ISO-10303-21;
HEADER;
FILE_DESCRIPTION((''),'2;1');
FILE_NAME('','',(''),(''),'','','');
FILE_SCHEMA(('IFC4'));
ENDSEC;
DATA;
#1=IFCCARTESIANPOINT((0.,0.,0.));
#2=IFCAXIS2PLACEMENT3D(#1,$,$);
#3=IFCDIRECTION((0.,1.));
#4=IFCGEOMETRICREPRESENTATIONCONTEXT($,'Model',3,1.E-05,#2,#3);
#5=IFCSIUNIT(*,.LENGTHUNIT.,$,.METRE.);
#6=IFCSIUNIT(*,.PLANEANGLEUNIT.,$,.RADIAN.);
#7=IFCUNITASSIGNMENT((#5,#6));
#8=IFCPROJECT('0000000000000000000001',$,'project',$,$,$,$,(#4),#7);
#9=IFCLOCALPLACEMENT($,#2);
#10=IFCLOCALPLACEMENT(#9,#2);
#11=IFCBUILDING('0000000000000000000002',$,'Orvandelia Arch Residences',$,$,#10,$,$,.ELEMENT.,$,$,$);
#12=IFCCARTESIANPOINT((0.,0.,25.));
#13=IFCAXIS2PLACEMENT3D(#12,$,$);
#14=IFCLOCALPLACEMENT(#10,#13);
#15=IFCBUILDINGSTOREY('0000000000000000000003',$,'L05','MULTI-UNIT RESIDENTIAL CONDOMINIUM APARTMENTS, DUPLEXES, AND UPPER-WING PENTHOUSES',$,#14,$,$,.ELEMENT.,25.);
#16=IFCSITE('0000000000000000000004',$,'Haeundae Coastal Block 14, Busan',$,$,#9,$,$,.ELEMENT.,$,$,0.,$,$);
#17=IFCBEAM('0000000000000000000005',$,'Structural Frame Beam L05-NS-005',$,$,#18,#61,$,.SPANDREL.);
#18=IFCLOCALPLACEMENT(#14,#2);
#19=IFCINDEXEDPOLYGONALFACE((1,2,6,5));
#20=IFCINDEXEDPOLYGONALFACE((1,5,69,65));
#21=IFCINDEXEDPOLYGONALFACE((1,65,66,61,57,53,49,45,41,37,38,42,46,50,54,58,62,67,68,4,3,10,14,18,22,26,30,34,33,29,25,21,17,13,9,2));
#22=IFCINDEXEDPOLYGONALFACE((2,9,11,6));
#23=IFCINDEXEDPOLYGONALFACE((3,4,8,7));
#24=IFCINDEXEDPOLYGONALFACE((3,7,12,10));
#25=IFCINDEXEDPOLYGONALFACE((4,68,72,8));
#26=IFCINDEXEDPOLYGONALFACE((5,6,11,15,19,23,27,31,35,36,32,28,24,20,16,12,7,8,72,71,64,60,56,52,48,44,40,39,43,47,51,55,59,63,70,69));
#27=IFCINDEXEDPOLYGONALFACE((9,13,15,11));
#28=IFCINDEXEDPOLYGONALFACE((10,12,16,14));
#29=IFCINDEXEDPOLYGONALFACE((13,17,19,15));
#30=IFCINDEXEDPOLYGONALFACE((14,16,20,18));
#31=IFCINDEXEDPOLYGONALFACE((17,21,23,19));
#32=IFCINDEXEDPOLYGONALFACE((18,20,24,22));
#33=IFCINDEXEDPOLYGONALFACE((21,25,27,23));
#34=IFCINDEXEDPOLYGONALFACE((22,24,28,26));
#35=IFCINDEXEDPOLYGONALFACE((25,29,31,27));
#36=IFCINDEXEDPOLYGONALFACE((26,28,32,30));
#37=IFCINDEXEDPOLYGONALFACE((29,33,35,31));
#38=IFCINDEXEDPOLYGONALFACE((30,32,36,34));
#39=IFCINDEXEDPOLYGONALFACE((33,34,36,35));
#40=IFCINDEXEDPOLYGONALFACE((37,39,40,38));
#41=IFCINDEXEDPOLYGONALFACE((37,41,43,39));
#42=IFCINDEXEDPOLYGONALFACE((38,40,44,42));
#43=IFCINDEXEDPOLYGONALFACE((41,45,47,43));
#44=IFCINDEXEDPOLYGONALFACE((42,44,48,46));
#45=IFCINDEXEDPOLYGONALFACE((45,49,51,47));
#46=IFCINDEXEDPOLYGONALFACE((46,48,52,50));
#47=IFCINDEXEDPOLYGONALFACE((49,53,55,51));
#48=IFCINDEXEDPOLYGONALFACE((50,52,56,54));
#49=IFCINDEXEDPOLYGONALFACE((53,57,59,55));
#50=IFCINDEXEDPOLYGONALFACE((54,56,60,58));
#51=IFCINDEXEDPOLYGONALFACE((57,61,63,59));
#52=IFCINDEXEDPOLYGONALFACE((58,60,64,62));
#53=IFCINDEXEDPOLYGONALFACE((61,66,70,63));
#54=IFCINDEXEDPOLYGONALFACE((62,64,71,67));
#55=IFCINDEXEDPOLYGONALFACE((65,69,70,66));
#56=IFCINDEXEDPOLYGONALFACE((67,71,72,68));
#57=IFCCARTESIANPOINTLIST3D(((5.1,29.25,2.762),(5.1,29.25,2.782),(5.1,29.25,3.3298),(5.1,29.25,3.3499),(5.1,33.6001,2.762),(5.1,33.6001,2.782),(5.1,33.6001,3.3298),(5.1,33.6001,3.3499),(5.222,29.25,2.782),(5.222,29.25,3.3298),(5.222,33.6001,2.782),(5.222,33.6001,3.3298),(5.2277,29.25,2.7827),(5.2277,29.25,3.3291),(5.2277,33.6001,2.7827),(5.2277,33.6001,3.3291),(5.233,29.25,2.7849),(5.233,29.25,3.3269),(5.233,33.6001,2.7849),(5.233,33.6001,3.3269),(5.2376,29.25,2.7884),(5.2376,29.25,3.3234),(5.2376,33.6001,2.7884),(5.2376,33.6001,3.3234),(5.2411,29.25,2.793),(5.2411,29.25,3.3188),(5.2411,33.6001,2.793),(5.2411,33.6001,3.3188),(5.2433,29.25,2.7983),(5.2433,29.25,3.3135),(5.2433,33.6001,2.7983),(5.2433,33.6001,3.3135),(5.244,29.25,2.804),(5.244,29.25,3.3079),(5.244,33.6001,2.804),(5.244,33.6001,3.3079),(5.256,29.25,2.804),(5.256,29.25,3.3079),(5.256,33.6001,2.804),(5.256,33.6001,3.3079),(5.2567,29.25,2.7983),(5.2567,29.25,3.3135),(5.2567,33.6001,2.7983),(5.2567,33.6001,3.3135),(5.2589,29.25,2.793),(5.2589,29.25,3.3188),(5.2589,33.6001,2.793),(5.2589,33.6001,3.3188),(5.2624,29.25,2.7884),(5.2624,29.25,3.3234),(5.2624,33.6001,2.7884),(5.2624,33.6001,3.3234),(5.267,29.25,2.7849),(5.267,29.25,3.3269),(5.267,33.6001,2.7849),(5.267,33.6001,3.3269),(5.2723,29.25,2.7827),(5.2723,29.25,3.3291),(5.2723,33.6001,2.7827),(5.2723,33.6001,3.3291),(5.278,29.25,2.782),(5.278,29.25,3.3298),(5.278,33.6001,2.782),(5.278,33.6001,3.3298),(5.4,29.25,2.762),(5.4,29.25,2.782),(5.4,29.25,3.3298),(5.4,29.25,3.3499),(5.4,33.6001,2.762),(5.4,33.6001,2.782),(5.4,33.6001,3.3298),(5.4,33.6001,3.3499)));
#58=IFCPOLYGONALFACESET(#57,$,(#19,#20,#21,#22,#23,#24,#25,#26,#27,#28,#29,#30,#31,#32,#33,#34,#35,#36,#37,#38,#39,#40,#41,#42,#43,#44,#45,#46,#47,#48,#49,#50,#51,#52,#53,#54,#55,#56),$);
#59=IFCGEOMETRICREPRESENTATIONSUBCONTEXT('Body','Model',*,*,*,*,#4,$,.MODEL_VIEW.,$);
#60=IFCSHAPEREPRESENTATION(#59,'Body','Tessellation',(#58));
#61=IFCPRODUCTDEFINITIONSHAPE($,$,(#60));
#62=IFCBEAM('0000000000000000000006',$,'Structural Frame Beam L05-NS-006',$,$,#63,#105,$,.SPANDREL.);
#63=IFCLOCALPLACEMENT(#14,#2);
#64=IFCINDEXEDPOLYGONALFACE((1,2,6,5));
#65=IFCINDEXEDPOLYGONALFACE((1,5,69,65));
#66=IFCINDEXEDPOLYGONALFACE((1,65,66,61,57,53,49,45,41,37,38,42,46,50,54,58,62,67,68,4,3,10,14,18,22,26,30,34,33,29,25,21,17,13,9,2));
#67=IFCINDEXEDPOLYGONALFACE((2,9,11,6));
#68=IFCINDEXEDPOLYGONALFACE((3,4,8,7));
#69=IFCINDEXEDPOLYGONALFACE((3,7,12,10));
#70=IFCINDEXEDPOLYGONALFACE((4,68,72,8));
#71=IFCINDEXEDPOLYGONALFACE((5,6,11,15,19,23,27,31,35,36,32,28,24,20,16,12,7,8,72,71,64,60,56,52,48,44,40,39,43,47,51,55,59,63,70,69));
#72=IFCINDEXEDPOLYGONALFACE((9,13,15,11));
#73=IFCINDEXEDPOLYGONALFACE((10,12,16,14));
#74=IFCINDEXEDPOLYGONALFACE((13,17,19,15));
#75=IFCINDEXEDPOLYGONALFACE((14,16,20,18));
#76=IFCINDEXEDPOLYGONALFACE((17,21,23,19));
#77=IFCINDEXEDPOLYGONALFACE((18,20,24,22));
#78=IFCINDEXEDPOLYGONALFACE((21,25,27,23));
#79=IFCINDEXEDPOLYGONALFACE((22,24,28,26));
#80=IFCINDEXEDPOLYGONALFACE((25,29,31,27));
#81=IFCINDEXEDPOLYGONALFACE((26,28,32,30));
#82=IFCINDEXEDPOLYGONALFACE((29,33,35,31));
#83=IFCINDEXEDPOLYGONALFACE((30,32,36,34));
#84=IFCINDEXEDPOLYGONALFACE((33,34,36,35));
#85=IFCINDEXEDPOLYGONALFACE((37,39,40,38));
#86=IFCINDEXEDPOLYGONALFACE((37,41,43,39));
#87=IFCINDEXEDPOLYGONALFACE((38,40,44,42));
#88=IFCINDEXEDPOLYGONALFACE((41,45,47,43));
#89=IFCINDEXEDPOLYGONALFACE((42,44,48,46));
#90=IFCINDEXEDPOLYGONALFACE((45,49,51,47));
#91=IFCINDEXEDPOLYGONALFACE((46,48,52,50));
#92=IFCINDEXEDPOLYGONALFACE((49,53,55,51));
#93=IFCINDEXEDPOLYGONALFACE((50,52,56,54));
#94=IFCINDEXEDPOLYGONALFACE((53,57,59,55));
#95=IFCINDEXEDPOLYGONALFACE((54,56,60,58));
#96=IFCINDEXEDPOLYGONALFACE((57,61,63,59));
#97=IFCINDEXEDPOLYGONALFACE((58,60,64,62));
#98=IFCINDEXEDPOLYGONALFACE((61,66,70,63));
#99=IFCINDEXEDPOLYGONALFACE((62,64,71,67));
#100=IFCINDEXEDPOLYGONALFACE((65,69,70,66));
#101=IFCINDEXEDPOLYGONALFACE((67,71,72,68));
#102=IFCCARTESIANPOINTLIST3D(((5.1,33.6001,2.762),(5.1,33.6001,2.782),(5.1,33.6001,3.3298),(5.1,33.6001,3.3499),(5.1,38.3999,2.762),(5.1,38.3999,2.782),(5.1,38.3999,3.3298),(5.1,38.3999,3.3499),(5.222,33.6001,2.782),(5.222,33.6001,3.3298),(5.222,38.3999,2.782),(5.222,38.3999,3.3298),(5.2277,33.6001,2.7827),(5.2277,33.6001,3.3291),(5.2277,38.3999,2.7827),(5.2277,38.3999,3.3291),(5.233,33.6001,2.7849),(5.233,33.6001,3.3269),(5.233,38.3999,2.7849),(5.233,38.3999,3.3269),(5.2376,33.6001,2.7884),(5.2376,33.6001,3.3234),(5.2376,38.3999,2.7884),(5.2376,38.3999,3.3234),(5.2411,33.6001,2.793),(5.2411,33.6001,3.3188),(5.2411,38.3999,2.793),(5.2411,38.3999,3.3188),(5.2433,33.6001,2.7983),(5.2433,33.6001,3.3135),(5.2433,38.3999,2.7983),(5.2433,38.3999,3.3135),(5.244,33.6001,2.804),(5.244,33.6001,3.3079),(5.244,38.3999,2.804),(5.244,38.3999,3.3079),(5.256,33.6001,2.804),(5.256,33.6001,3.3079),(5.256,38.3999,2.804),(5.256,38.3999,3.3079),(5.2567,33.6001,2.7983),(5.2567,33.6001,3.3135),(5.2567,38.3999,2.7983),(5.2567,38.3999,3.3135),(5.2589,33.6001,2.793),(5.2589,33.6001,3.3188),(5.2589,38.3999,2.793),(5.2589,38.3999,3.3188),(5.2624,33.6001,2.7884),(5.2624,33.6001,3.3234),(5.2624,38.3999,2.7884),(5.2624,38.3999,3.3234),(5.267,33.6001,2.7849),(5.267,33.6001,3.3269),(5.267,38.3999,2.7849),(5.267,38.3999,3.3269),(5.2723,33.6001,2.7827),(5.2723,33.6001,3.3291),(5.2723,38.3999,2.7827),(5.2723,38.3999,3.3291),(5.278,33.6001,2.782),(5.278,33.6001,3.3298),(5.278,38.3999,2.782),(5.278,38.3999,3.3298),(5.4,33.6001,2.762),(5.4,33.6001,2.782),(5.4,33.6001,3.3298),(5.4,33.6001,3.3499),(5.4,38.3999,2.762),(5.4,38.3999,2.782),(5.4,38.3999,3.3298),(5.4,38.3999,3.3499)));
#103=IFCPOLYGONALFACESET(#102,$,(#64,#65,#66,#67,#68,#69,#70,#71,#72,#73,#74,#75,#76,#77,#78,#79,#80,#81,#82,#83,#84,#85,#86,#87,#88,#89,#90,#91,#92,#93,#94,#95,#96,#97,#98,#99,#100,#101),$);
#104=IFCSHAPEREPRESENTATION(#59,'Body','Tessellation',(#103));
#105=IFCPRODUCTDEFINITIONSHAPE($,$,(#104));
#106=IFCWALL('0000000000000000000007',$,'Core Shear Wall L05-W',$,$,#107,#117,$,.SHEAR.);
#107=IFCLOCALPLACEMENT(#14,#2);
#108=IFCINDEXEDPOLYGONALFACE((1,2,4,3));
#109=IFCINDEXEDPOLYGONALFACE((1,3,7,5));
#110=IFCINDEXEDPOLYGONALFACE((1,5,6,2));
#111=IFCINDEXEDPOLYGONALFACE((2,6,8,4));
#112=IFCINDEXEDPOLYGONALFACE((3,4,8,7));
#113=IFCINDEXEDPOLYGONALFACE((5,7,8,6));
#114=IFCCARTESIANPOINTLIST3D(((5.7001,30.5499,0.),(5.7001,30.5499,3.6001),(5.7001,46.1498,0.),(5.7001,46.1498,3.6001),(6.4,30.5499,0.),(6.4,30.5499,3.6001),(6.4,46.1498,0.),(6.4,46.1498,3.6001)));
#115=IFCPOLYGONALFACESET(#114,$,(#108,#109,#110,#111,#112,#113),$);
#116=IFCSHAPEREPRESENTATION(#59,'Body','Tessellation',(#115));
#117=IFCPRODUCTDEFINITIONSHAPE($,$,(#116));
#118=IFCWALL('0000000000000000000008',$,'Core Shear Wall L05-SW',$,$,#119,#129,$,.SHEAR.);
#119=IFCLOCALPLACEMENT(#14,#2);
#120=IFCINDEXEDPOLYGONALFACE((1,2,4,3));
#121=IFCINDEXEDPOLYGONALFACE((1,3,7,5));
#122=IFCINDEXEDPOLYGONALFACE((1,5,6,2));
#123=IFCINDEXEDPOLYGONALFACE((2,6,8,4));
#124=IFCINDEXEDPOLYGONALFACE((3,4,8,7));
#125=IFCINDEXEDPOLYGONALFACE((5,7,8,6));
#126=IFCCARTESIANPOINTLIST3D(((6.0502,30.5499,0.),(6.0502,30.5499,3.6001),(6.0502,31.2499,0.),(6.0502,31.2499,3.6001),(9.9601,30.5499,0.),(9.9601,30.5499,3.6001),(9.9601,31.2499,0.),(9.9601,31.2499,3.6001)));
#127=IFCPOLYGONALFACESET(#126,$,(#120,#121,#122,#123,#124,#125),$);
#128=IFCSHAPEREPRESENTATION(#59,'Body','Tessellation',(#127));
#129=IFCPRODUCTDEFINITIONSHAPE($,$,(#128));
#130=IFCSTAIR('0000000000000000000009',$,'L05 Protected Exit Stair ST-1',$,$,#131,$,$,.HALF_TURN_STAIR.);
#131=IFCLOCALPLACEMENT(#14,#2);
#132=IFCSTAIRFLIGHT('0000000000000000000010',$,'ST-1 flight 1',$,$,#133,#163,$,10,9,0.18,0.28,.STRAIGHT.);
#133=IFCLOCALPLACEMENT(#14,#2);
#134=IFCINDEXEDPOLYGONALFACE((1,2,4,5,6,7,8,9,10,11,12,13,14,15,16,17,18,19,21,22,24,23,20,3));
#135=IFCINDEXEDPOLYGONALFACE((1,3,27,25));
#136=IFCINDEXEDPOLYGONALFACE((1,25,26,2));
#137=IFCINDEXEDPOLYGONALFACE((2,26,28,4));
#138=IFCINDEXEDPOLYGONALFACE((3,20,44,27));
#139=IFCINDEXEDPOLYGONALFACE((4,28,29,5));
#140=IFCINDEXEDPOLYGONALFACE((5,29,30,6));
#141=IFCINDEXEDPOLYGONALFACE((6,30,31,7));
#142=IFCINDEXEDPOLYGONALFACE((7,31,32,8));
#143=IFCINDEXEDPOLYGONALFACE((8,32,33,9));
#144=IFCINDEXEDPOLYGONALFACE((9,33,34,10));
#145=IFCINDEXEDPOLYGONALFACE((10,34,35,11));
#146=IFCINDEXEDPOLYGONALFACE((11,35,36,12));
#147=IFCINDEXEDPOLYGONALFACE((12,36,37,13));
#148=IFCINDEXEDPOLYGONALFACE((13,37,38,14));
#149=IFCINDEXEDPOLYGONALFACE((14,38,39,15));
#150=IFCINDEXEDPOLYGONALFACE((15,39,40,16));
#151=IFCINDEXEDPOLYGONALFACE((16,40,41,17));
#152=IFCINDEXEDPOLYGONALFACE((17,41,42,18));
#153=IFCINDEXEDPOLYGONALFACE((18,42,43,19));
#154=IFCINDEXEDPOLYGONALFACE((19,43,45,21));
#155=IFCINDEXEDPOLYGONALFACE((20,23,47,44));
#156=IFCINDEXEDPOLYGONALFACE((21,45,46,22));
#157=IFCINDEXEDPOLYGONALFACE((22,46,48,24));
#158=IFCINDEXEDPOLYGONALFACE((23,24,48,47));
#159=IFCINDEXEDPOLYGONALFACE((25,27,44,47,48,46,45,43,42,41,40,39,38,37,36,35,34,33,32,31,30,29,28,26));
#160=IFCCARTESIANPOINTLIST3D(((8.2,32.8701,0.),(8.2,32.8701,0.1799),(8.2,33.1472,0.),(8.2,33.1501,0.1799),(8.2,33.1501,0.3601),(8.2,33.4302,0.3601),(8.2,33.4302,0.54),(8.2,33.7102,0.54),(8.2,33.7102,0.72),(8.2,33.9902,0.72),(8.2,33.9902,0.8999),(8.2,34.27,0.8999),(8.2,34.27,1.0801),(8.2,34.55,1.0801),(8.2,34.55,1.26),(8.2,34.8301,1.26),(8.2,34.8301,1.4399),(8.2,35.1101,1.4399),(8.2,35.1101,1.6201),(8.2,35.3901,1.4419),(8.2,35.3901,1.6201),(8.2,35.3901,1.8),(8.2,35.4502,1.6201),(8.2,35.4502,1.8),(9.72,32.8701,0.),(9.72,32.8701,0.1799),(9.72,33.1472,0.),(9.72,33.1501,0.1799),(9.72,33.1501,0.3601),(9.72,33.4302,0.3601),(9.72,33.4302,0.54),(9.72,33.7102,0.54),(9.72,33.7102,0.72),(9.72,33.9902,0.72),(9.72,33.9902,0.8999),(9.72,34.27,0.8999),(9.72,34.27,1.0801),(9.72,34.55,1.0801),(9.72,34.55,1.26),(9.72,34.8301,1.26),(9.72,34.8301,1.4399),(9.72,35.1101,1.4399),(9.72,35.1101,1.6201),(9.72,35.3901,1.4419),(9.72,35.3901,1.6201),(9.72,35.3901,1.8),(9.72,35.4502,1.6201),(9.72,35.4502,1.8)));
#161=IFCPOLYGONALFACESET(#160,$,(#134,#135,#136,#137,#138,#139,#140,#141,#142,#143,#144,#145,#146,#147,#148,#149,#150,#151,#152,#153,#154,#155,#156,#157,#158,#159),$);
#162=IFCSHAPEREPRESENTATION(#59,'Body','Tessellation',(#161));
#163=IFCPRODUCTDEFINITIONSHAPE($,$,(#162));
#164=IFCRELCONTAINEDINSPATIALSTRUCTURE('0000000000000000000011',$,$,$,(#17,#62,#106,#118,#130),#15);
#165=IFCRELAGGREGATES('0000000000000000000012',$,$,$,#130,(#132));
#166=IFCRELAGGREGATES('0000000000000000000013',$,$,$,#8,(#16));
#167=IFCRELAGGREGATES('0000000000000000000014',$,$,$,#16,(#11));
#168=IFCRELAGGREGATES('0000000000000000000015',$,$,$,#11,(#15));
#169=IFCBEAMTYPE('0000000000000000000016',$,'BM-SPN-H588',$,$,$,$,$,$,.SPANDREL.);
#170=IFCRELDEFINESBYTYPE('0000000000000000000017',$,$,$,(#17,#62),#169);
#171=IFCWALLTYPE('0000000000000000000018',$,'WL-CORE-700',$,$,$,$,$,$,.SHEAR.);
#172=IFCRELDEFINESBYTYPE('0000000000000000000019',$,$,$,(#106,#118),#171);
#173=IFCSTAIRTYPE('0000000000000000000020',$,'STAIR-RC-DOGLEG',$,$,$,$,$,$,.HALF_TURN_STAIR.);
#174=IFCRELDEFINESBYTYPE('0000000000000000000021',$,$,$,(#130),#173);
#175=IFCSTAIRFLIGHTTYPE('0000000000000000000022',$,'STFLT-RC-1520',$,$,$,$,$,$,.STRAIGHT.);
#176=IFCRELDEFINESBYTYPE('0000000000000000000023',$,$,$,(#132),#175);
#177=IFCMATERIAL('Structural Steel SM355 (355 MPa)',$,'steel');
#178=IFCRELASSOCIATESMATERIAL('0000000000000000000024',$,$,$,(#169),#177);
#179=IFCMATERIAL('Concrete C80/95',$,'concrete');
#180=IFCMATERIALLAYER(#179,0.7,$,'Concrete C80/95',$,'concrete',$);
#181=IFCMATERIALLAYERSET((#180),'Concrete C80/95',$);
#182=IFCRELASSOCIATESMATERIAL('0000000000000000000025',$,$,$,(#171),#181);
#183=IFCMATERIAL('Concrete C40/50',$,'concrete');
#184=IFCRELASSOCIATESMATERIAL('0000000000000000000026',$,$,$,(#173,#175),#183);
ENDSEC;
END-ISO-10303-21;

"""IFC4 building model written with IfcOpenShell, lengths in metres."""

from ifc_helpers import new_model, si_unit, direction, frame, frame_2d, origin, origin_2d, place, context, subcontext, project, spatial, polyline, rectangle, i_section, outline, extrude, material, layer, layer_set, material_profile, profile_set, type_object, element, aggregate, save


model = new_model("IFC4")

# Units and contexts
model_context = context("Model", 3, precision=1e-05, world=origin(), true_north=direction((0.0, 1.0)))
body_context = subcontext(model_context, "Body", "Model", "MODEL_VIEW")
ifc_project = project(units=[si_unit("LENGTHUNIT", "METRE"), si_unit("PLANEANGLEUNIT", "RADIAN")], contexts=[model_context])

# Site, building, storey
site_placement = place(None, origin())
site = spatial("IfcSite", under=ifc_project, at=site_placement, Name="Haeundae Coastal Block 14, Busan", CompositionType="ELEMENT", RefElevation=0.0)
building_placement = place(site_placement, origin())
building = spatial("IfcBuilding", under=site, at=building_placement, Name="Orvandelia Arch Residences", CompositionType="ELEMENT")
storey_placement = place(building_placement, frame((0.0, 0.0, 25.0)))
storey = spatial("IfcBuildingStorey", under=building, at=storey_placement, Name="L05", Description="MULTI-UNIT RESIDENTIAL CONDOMINIUM APARTMENTS, DUPLEXES, AND UPPER-WING PENTHOUSES", CompositionType="ELEMENT", Elevation=25.0)

# Shared definitions
ifc_material_1 = material(Name="Concrete C80/95", Category="concrete")

# Beams
ifc_material_2 = material(Name="Structural Steel SM355 (355 MPa)", Category="steel")
ifc_material_profile_1 = material_profile(ifc_material_2, i_section(OverallWidth=0.3, OverallDepth=0.5879, WebThickness=0.012, FlangeThickness=0.02, FilletRadius=0.022, at=origin_2d()), Name="Structural Steel SM355 (355 MPa)", Category="steel")
ifc_profile_set_1 = profile_set([ifc_material_profile_1], Name="Structural Steel SM355 (355 MPa)")
beam_type_1 = type_object("IfcBeamType", Name="BM-SPN-H588", PredefinedType="SPANDREL", material=ifc_profile_set_1)
beam_1_placement = place(storey_placement, frame((5.25, 29.25, 3.0559), z_axis=(0.0, 1.0, 0.0), x_axis=(-1.0, 0.0, 0.0)))
element("IfcBeam", 1, at=beam_1_placement, inside=storey, type_object=beam_type_1, Name="Structural Frame Beam L05-NS-005", PredefinedType="SPANDREL", context=body_context, shape_type="SweptSolid", body=[
    extrude(i_section(OverallWidth=0.3, OverallDepth=0.5879, WebThickness=0.012, FlangeThickness=0.02, FilletRadius=0.022, at=origin_2d()), origin(), (0.0, 0.0, 1.0), 4.3501),
])
beam_2_placement = place(storey_placement, frame((5.25, 33.6001, 3.0559), z_axis=(0.0, 1.0, 0.0), x_axis=(-1.0, 0.0, 0.0)))
element("IfcBeam", 2, at=beam_2_placement, inside=storey, type_object=beam_type_1, Name="Structural Frame Beam L05-NS-006", PredefinedType="SPANDREL", context=body_context, shape_type="SweptSolid", body=[
    extrude(i_section(OverallWidth=0.3, OverallDepth=0.5879, WebThickness=0.012, FlangeThickness=0.02, FilletRadius=0.022, at=origin_2d()), origin(), (0.0, 0.0, 1.0), 4.7998),
])

# Walls
ifc_layer = layer(ifc_material_1, 0.7, Name="Concrete C80/95", Category="concrete")
ifc_layer_set = layer_set([ifc_layer], Name="Concrete C80/95")
wall_type = type_object("IfcWallType", Name="WL-CORE-700", PredefinedType="SHEAR", material=ifc_layer_set)
wall_1_placement = place(storey_placement, frame((6.05, 30.55, 0.0), z_axis=(0.0, 0.0, 1.0), x_axis=(0.0, 1.0, 0.0)))
element("IfcWall", 3, at=wall_1_placement, inside=storey, type_object=wall_type, Name="Core Shear Wall L05-W", PredefinedType="SHEAR", context=body_context, shape_type="SweptSolid", body=[
    extrude(rectangle(XDim=15.5999, YDim=0.7, at=frame_2d((7.7998, 0.0))), origin(), (0.0, 0.0, 1.0), 3.6001),
])
wall_2_placement = place(storey_placement, frame((6.05, 30.8999, 0.0), z_axis=(0.0, 0.0, 1.0), x_axis=(1.0, 0.0, 0.0)))
element("IfcWall", 4, at=wall_2_placement, inside=storey, type_object=wall_type, Name="Core Shear Wall L05-SW", PredefinedType="SHEAR", context=body_context, shape_type="SweptSolid", body=[
    extrude(rectangle(XDim=3.9099, YDim=0.7, at=frame_2d((1.9551, 0.0))), origin(), (0.0, 0.0, 1.0), 3.6001),
])

# Stair, stair flight
ifc_material_3 = material(Name="Concrete C40/50", Category="concrete")
stair_type = type_object("IfcStairType", Name="STAIR-RC-DOGLEG", PredefinedType="HALF_TURN_STAIR", material=ifc_material_3)
stair_placement = place(storey_placement, origin())
stair = element("IfcStair", 5, at=stair_placement, inside=storey, type_object=stair_type, Name="L05 Protected Exit Stair ST-1", PredefinedType="HALF_TURN_STAIR")
stair_flight_type = type_object("IfcStairFlightType", Name="STFLT-RC-1520", PredefinedType="STRAIGHT", material=ifc_material_3)
stair_flight_1_placement = place(storey_placement, frame((8.96, 32.8701, 0.0), z_axis=(0.0, 0.0, 1.0), x_axis=(0.0, 1.0, 0.0)))
stair_flight_1 = element("IfcStairFlight", 6, at=stair_flight_1_placement, type_object=stair_flight_type, Name="ST-1 flight 1", NumberOfRisers=10, NumberOfTreads=9, PredefinedType="STRAIGHT", RiserHeight=0.18, TreadLength=0.28, context=body_context, shape_type="SweptSolid", body=[
    extrude(outline(polyline([(0.0, 0.0), (0.0, 0.1799), (0.28, 0.1799), (0.28, 0.3601), (0.5601, 0.3601), (0.5601, 0.54), (0.8401, 0.54), (0.8401, 0.72), (1.1201, 0.72), (1.1201, 0.8999), (1.3999, 0.8999), (1.3999, 1.0801), (1.6799, 1.0801), (1.6799, 1.26), (1.96, 1.26), (1.96, 1.4399), (2.24, 1.4399), (2.24, 1.6201), (2.52, 1.6201), (2.52, 1.8), (2.5801, 1.8), (2.5801, 1.6201), (2.52, 1.4419), (0.2771, 0.0), (0.0, 0.0)])), frame((0.0, 0.76, 0.0), z_axis=(0.0, -1.0, 0.0), x_axis=(1.0, 0.0, 0.0)), (0.0, 0.0, 1.0), 1.52),
])
aggregate(stair, [stair_flight_1])

save(model, "model.ifc")
